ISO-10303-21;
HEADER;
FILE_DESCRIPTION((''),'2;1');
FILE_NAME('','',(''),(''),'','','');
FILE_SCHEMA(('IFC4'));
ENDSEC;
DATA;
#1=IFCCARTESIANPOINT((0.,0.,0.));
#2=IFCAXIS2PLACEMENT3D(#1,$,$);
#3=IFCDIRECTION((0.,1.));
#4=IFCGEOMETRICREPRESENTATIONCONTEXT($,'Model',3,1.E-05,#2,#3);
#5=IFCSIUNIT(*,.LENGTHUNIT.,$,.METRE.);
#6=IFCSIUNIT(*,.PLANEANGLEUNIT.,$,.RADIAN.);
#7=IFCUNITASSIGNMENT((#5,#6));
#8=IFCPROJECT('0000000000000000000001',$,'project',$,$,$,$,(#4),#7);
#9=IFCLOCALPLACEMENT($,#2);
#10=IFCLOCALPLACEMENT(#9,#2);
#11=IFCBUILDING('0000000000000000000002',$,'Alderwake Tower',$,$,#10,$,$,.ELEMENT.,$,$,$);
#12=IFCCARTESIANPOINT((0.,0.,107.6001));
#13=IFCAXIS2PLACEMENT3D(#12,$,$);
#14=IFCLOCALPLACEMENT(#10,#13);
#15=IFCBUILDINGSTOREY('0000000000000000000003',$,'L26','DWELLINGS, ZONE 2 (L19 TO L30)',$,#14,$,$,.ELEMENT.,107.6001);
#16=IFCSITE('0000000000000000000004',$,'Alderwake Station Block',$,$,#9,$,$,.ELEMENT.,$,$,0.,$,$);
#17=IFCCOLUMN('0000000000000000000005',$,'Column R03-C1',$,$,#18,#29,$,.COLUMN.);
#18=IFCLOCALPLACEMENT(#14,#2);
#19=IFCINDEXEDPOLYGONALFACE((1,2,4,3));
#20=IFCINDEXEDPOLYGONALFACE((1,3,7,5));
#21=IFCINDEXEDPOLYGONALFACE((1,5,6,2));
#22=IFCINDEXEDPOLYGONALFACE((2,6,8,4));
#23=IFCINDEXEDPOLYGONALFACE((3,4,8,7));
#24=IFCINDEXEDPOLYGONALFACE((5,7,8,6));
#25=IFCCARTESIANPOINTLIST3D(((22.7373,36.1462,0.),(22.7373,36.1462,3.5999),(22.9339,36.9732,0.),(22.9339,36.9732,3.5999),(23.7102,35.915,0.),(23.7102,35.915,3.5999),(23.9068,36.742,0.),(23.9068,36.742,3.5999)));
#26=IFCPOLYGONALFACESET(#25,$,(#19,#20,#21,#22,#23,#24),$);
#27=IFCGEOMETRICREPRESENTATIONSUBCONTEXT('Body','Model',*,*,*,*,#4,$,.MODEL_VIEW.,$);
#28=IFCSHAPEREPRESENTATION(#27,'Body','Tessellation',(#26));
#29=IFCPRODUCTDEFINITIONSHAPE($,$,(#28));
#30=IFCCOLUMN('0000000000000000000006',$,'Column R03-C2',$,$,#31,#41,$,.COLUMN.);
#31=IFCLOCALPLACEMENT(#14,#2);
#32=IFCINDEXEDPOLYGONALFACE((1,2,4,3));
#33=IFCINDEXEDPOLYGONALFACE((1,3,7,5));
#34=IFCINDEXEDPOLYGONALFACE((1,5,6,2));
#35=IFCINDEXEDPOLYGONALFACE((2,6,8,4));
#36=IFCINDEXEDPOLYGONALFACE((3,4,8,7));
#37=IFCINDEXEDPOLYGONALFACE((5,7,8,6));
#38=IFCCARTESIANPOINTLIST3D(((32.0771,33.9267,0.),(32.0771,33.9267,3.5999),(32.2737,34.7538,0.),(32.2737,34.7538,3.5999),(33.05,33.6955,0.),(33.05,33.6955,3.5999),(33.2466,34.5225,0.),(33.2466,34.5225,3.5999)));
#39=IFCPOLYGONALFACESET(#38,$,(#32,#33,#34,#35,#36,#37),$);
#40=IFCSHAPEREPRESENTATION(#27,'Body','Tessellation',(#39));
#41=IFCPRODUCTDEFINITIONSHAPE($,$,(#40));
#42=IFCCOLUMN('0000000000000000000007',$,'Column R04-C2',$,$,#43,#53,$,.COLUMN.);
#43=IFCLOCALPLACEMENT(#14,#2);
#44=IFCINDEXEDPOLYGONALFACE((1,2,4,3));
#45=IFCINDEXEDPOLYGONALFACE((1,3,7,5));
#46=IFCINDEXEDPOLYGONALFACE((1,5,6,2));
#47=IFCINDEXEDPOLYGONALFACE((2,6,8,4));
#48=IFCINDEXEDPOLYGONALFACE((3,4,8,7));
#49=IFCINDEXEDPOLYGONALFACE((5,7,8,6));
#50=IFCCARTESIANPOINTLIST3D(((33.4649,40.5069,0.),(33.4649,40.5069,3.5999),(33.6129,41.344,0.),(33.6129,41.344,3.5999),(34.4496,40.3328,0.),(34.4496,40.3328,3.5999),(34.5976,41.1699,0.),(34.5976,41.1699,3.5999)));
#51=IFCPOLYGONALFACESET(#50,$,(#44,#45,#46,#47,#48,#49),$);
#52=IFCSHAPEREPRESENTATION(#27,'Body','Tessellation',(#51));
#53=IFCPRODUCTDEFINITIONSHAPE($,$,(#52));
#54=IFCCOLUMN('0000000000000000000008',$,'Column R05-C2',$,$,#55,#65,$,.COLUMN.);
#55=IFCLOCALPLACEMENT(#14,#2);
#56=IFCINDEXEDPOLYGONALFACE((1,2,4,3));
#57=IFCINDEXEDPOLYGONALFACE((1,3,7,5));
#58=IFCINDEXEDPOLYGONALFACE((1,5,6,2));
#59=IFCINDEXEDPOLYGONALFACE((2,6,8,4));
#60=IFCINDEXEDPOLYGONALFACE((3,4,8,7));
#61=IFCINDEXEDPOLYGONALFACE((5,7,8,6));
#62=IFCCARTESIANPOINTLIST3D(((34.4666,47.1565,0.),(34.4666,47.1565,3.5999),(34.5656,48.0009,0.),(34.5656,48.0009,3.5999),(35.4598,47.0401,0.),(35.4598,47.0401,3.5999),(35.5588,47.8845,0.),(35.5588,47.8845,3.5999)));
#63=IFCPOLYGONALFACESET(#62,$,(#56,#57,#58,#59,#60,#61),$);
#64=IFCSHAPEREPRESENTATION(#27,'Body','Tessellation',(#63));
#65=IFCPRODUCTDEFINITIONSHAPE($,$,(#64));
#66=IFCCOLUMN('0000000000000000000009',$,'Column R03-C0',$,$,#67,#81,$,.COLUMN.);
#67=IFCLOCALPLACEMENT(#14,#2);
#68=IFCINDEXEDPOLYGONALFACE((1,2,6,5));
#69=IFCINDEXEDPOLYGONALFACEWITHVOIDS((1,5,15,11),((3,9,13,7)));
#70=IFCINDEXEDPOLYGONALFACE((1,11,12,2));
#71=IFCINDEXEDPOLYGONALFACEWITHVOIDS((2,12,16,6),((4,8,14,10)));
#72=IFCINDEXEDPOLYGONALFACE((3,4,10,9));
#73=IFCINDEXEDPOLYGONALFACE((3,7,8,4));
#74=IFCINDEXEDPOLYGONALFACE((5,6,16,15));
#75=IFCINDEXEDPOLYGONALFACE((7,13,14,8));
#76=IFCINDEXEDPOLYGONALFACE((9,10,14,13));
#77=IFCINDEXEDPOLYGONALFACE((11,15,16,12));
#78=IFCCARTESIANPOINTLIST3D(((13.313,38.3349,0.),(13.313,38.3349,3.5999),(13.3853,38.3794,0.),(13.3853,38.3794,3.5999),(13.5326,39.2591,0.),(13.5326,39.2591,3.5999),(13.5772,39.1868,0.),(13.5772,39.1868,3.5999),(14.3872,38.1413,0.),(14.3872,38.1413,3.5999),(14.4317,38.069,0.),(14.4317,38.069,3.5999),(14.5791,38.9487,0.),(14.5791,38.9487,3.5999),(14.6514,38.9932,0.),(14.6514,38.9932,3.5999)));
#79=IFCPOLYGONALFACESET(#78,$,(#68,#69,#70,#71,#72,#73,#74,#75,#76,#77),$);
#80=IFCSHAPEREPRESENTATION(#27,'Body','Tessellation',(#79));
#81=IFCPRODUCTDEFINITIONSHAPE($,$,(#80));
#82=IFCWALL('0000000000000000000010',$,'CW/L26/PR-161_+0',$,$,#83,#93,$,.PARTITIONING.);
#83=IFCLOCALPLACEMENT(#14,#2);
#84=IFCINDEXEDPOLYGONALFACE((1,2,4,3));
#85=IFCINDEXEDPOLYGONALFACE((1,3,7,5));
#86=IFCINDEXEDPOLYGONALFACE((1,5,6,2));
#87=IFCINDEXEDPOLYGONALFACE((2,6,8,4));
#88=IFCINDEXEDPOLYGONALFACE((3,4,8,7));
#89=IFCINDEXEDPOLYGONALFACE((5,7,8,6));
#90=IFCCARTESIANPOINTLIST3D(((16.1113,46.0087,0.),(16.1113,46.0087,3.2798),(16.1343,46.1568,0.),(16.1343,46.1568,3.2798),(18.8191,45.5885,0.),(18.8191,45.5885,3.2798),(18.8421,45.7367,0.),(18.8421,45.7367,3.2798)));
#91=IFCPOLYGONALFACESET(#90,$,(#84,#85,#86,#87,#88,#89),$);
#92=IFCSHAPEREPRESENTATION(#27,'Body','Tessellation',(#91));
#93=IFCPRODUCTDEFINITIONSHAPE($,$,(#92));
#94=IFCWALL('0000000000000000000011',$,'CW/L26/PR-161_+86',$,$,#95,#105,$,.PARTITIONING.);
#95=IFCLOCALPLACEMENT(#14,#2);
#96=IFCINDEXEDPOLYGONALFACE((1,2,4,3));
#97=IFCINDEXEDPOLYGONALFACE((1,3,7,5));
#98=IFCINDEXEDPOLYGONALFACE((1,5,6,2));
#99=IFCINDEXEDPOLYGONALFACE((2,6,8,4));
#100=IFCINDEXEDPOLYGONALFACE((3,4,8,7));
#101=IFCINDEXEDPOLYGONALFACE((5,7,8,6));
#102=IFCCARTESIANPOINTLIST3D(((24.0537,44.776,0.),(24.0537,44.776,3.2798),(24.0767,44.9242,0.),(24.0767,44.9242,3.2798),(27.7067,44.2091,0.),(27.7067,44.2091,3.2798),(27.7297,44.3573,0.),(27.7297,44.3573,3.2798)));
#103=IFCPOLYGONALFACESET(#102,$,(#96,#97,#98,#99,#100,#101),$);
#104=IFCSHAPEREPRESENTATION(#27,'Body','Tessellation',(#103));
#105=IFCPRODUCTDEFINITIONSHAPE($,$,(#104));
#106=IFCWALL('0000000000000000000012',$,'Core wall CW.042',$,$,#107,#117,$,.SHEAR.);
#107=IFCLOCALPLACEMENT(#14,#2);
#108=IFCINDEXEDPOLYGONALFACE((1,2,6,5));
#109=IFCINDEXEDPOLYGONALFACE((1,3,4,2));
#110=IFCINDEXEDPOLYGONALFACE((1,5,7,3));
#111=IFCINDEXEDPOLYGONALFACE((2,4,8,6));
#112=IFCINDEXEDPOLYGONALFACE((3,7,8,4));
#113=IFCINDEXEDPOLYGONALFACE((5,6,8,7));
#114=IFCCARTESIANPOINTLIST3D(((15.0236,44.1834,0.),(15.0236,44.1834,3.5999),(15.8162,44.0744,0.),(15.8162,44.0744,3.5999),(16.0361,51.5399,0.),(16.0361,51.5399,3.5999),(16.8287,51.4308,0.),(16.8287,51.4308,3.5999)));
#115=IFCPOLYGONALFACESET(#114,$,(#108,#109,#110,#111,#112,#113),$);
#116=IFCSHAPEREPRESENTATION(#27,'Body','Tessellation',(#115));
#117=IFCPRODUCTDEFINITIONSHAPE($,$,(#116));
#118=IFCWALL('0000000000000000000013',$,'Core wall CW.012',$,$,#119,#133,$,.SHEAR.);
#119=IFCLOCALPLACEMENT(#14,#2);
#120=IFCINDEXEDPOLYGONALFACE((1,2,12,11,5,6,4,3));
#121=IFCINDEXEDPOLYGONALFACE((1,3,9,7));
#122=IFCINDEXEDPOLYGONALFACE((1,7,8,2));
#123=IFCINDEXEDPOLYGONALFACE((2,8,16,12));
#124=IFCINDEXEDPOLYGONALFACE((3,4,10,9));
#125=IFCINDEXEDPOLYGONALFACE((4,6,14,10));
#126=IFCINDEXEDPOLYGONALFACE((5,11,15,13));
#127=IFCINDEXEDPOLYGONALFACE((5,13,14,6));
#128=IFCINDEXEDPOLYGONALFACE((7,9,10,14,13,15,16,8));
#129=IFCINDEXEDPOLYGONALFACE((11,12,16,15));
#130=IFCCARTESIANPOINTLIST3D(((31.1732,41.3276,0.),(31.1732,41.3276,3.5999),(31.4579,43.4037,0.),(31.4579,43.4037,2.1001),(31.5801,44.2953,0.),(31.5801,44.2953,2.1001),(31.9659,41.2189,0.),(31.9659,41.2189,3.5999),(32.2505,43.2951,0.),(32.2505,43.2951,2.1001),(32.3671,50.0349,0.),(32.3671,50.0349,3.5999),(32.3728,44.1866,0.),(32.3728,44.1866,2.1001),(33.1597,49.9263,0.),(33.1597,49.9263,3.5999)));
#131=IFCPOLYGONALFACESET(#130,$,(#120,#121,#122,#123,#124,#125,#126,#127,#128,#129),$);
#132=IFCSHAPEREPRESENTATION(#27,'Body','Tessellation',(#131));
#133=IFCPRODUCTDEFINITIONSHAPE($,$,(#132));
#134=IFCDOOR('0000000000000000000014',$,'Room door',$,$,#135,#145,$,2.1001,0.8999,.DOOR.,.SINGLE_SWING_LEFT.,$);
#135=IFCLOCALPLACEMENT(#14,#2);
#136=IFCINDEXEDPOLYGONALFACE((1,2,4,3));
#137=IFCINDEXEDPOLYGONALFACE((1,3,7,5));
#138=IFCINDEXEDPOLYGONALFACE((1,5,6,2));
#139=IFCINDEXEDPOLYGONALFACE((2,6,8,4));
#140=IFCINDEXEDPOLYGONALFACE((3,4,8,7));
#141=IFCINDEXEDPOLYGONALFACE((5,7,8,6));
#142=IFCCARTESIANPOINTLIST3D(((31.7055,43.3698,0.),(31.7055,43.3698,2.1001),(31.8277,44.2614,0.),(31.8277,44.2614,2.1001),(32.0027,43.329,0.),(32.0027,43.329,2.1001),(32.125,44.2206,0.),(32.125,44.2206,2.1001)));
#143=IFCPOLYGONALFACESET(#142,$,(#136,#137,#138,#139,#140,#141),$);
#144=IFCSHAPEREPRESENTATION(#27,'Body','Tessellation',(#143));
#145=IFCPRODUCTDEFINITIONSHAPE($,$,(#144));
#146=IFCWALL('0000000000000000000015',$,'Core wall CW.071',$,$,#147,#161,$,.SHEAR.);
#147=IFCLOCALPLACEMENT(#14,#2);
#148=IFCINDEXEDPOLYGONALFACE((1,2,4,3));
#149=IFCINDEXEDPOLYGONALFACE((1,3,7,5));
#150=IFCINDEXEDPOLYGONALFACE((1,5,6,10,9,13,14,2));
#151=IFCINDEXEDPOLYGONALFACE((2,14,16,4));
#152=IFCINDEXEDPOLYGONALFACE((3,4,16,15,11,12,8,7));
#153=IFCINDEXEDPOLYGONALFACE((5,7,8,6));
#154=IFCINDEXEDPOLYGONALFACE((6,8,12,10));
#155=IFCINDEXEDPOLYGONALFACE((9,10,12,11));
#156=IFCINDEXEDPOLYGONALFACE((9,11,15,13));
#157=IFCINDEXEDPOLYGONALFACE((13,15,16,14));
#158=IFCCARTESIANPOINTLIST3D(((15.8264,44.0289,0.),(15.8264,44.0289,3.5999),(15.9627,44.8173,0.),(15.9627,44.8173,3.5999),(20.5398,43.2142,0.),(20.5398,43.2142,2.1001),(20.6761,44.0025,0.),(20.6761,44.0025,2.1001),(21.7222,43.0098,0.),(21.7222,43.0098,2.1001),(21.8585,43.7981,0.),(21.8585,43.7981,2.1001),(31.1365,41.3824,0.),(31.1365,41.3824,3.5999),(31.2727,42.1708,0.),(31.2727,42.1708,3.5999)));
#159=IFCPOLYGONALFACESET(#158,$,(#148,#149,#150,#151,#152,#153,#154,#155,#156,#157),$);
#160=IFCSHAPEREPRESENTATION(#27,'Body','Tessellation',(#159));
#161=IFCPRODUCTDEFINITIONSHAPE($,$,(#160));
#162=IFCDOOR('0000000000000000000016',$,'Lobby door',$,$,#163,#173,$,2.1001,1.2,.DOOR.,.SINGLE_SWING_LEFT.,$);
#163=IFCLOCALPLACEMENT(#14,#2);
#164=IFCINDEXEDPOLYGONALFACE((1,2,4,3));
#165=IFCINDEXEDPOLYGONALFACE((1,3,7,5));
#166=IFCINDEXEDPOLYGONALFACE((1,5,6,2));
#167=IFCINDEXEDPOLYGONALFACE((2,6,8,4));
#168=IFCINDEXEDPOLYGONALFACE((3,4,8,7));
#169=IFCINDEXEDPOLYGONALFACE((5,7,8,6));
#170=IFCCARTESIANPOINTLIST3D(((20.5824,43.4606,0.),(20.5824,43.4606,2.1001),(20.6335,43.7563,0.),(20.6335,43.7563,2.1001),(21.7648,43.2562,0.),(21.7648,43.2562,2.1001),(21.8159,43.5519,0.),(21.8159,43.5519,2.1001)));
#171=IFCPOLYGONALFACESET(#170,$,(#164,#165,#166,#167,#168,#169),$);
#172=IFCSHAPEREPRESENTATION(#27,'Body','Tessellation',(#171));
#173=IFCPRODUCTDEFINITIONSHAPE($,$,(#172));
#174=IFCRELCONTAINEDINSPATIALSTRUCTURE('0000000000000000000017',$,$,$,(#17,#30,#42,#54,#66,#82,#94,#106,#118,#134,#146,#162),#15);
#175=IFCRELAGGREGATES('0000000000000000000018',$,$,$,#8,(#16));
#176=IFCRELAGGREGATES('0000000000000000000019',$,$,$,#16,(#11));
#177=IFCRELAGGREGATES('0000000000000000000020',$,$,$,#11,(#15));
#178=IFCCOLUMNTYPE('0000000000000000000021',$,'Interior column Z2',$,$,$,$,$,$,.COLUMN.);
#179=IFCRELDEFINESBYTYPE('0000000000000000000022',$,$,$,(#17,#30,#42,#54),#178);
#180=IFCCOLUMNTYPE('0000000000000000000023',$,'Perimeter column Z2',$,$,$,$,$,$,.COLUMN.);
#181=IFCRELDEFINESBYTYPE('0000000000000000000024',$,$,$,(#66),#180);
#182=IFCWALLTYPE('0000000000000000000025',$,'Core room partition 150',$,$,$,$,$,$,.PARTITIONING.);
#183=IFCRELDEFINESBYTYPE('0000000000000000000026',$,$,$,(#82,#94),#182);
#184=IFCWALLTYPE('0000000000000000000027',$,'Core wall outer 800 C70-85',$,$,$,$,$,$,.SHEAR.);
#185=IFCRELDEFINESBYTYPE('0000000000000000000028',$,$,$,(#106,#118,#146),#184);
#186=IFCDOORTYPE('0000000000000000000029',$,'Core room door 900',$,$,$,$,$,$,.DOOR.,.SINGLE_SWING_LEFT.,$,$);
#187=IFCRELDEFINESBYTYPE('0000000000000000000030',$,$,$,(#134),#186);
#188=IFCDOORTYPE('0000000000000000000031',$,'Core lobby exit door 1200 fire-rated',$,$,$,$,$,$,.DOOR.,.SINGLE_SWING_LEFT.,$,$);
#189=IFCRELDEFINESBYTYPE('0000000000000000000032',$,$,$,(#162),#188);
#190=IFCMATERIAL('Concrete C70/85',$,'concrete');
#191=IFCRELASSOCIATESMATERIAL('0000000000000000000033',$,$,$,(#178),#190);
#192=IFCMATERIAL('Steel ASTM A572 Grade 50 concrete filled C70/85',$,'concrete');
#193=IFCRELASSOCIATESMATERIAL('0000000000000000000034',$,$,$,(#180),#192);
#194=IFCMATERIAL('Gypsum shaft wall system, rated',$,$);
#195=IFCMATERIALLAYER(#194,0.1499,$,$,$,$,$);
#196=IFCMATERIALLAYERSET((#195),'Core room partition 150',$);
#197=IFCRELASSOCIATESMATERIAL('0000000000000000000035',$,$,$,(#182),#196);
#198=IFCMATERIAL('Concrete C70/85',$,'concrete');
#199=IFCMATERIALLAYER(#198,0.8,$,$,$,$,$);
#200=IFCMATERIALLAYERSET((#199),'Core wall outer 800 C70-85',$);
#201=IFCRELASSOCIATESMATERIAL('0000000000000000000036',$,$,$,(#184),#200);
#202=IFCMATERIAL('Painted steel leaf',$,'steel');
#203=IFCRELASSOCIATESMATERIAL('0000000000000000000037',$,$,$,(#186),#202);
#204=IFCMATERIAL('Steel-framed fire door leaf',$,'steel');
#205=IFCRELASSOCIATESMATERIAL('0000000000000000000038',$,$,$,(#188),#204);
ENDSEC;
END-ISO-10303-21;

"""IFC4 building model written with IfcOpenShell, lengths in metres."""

from ifc_helpers import new_model, si_unit, direction, frame, frame_2d, origin, origin_2d, place, context, subcontext, project, spatial, rectangle, hollow_rectangle, extrude, material, layer, layer_set, material_profile, profile_set, type_object, element, fill, save


model = new_model("IFC4")

# Units and contexts
model_context = context("Model", 3, precision=1e-05, world=origin(), true_north=direction((0.0, 1.0)))
body_context = subcontext(model_context, "Body", "Model", "MODEL_VIEW")
ifc_project = project(units=[si_unit("LENGTHUNIT", "METRE"), si_unit("PLANEANGLEUNIT", "RADIAN")], contexts=[model_context])

# Site, building, storey
site_placement = place(None, origin())
site = spatial("IfcSite", under=ifc_project, at=site_placement, Name="Alderwake Station Block", CompositionType="ELEMENT", RefElevation=0.0)
building_placement = place(site_placement, origin())
building = spatial("IfcBuilding", under=site, at=building_placement, Name="Alderwake Tower", CompositionType="ELEMENT")
storey_placement = place(building_placement, frame((0.0, 0.0, 107.6001)))
storey = spatial("IfcBuildingStorey", under=building, at=storey_placement, Name="L26", Description="DWELLINGS, ZONE 2 (L19 TO L30)", CompositionType="ELEMENT", Elevation=107.6001)

# Columns
ifc_material_1 = material(Name="Concrete C70/85", Category="concrete")
ifc_material_profile_1 = material_profile(ifc_material_1, rectangle(XDim=0.8501, YDim=1.0, at=origin_2d()), Name="RC 1000X850")
ifc_profile_set_1 = profile_set([ifc_material_profile_1], Name="Concrete C70/85")
column_type_1 = type_object("IfcColumnType", Name="Interior column Z2", PredefinedType="COLUMN", material=ifc_profile_set_1)
for number, where, z_axis, x_axis, name in (
    (1, (23.322, 36.4441, 0.0), (0.0, 0.0, 1.0), (0.231222, 0.972901, 0.0), "Column R03-C1"),
    (2, (32.6619, 34.2246, 0.0), (0.0, 0.0, 1.0), (0.231222, 0.972901, 0.0), "Column R03-C2"),
    (3, (34.0312, 40.8384, 0.0), (0.0, 0.0, 1.0), (0.174109, 0.984726, 0.0), "Column R04-C2"),
    (4, (35.0127, 47.5205, 0.0), (0.0, 0.0, 1.0), (0.116402, 0.993202, 0.0), "Column R05-C2"),
):
    element("IfcColumn", number, at=place(storey_placement, frame(where, z_axis=z_axis, x_axis=x_axis)), inside=storey, type_object=column_type_1, Name=name, PredefinedType="COLUMN", context=body_context, shape_type="SweptSolid", body=[
        extrude(rectangle(XDim=0.8501, YDim=1.0, at=origin_2d()), origin(), (0.0, 0.0, 1.0), 3.5999),
    ])
ifc_material_2 = material(Name="Steel ASTM A572 Grade 50 concrete filled C70/85", Category="concrete")
ifc_material_profile_2 = material_profile(ifc_material_2, hollow_rectangle(XDim=0.95, YDim=1.1499, WallThickness=0.0601, at=origin_2d()), Name="BOX 1150X950X60")
ifc_profile_set_2 = profile_set([ifc_material_profile_2], Name="Steel ASTM A572 Grade 50 concrete filled C70/85")
column_type_2 = type_object("IfcColumnType", Name="Perimeter column Z2", PredefinedType="COLUMN", material=ifc_profile_set_2)
column_placement = place(storey_placement, frame((13.9822, 38.6641, 0.0), z_axis=(0.0, 0.0, 1.0), x_axis=(0.231222, 0.972901, 0.0)))
element("IfcColumn", 5, at=column_placement, inside=storey, type_object=column_type_2, Name="Column R03-C0", PredefinedType="COLUMN", context=body_context, shape_type="SweptSolid", body=[
    extrude(hollow_rectangle(XDim=0.95, YDim=1.1499, WallThickness=0.0601, at=origin_2d()), origin(), (0.0, 0.0, 1.0), 3.5999),
])

# Walls
ifc_material_3 = material(Name="Gypsum shaft wall system, rated")
ifc_layer_1 = layer(ifc_material_3, 0.1499)
ifc_layer_set_1 = layer_set([ifc_layer_1], Name="Core room partition 150")
wall_type_1 = type_object("IfcWallType", Name="Core room partition 150", PredefinedType="PARTITIONING", material=ifc_layer_set_1)
wall_1_placement = place(storey_placement, frame((16.1228, 46.0828, 0.0), z_axis=(0.0, 0.0, 1.0), x_axis=(0.988174, -0.153336, 0.0)))
element("IfcWall", 6, at=wall_1_placement, inside=storey, type_object=wall_type_1, Name="CW/L26/PR-161_+0", PredefinedType="PARTITIONING", context=body_context, shape_type="SweptSolid", body=[
    extrude(rectangle(XDim=2.7402, YDim=0.1499, at=frame_2d((1.3701, 0.0))), origin(), (0.0, 0.0, 1.0), 3.2798),
])
wall_2_placement = place(storey_placement, frame((24.0652, 44.8501, 0.0), z_axis=(0.0, 0.0, 1.0), x_axis=(0.988172, -0.153347, 0.0)))
element("IfcWall", 7, at=wall_2_placement, inside=storey, type_object=wall_type_1, Name="CW/L26/PR-161_+86", PredefinedType="PARTITIONING", context=body_context, shape_type="SweptSolid", body=[
    extrude(rectangle(XDim=3.6968, YDim=0.1499, at=frame_2d((1.8484, 0.0))), origin(), (0.0, 0.0, 1.0), 3.2798),
])
ifc_material_4 = material(Name="Concrete C70/85", Category="concrete")
ifc_layer_2 = layer(ifc_material_4, 0.8)
ifc_layer_set_2 = layer_set([ifc_layer_2], Name="Core wall outer 800 C70-85")
wall_type_2 = type_object("IfcWallType", Name="Core wall outer 800 C70-85", PredefinedType="SHEAR", material=ifc_layer_set_2)
wall_3_placement = place(storey_placement, frame((15.4199, 44.1289, 0.0), z_axis=(0.0, 0.0, 1.0), x_axis=(0.136343, 0.990662, 0.0)))
element("IfcWall", 8, at=wall_3_placement, inside=storey, type_object=wall_type_2, Name="Core wall CW.042", PredefinedType="SHEAR", context=body_context, shape_type="SweptSolid", body=[
    extrude(rectangle(XDim=7.4258, YDim=0.8, at=frame_2d((3.7129, 0.0))), origin(), (0.0, 0.0, 1.0), 3.5999),
])

# Walls, openings, doors
wall_4_placement = place(storey_placement, frame((32.7634, 49.9807, 0.0), z_axis=(0.0, 0.0, 1.0), x_axis=(-0.135838, -0.990731, 0.0)))
wall_4 = element("IfcWall", 9, at=wall_4_placement, inside=storey, type_object=wall_type_2, Name="Core wall CW.012", PredefinedType="SHEAR", context=body_context, shape_type="SweptSolid", body=[
    extrude(rectangle(XDim=8.7888, YDim=0.8, at=frame_2d((4.3945, 0.0))), origin(), (0.0, 0.0, 1.0), 3.5999),
])
opening_1_placement = place(wall_4_placement, frame((5.7935, 0.0, 0.0)))
opening_1 = element("IfcOpeningElement", 10, at=opening_1_placement, cuts=wall_4, PredefinedType="OPENING", context=body_context, shape_type="SweptSolid", body=[
    extrude(rectangle(XDim=0.8999, YDim=2.1001, at=frame_2d((0.45, 1.05))), frame((0.0, 0.4099, 0.0), z_axis=(0.0, -1.0, 0.0), x_axis=(1.0, 0.0, 0.0)), (0.0, 0.0, 1.0), 0.8201),
])
ifc_material_5 = material(Name="Painted steel leaf", Category="steel")
door_type_1 = type_object("IfcDoorType", Name="Core room door 900", OperationType="SINGLE_SWING_LEFT", PredefinedType="DOOR", material=ifc_material_5)
door_1_placement = place(opening_1_placement, origin())
door_1 = element("IfcDoor", 11, at=door_1_placement, inside=storey, type_object=door_type_1, Name="Room door", OperationType="SINGLE_SWING_LEFT", OverallHeight=2.1001, OverallWidth=0.8999, PredefinedType="DOOR", context=body_context, shape_type="SweptSolid", body=[
    extrude(rectangle(XDim=0.8999, YDim=2.1001, at=frame_2d((0.45, 1.05))), frame((0.0, 0.1499, 0.0), z_axis=(0.0, -1.0, 0.0), x_axis=(1.0, 0.0, 0.0)), (0.0, 0.0, 1.0), 0.3),
])
fill(opening_1, door_1)
wall_5_placement = place(storey_placement, frame((31.2046, 41.7766, 0.0), z_axis=(0.0, 0.0, 1.0), x_axis=(-0.985387, 0.170333, 0.0)))
wall_5 = element("IfcWall", 12, at=wall_5_placement, inside=storey, type_object=wall_type_2, Name="Core wall CW.071", PredefinedType="SHEAR", context=body_context, shape_type="SweptSolid", body=[
    extrude(rectangle(XDim=15.5371, YDim=0.8, at=frame_2d((7.7686, 0.0))), origin(), (0.0, 0.0, 1.0), 3.5999),
])
opening_2_placement = place(wall_5_placement, frame((9.5537, 0.0, 0.0)))
opening_2 = element("IfcOpeningElement", 13, at=opening_2_placement, cuts=wall_5, PredefinedType="OPENING", context=body_context, shape_type="SweptSolid", body=[
    extrude(rectangle(XDim=1.2, YDim=2.1001, at=frame_2d((0.6001, 1.05))), frame((0.0, 0.4099, 0.0), z_axis=(0.0, -1.0, 0.0), x_axis=(1.0, 0.0, 0.0)), (0.0, 0.0, 1.0), 0.8201),
])
ifc_material_6 = material(Name="Steel-framed fire door leaf", Category="steel")
door_type_2 = type_object("IfcDoorType", Name="Core lobby exit door 1200 fire-rated", OperationType="SINGLE_SWING_LEFT", PredefinedType="DOOR", material=ifc_material_6)
door_2_placement = place(opening_2_placement, origin())
door_2 = element("IfcDoor", 14, at=door_2_placement, inside=storey, type_object=door_type_2, Name="Lobby door", OperationType="SINGLE_SWING_LEFT", OverallHeight=2.1001, OverallWidth=1.2, PredefinedType="DOOR", context=body_context, shape_type="SweptSolid", body=[
    extrude(rectangle(XDim=1.2, YDim=2.1001, at=frame_2d((0.6001, 1.05))), frame((0.0, 0.1499, 0.0), z_axis=(0.0, -1.0, 0.0), x_axis=(1.0, 0.0, 0.0)), (0.0, 0.0, 1.0), 0.3),
])
fill(opening_2, door_2)

save(model, "model.ifc")
